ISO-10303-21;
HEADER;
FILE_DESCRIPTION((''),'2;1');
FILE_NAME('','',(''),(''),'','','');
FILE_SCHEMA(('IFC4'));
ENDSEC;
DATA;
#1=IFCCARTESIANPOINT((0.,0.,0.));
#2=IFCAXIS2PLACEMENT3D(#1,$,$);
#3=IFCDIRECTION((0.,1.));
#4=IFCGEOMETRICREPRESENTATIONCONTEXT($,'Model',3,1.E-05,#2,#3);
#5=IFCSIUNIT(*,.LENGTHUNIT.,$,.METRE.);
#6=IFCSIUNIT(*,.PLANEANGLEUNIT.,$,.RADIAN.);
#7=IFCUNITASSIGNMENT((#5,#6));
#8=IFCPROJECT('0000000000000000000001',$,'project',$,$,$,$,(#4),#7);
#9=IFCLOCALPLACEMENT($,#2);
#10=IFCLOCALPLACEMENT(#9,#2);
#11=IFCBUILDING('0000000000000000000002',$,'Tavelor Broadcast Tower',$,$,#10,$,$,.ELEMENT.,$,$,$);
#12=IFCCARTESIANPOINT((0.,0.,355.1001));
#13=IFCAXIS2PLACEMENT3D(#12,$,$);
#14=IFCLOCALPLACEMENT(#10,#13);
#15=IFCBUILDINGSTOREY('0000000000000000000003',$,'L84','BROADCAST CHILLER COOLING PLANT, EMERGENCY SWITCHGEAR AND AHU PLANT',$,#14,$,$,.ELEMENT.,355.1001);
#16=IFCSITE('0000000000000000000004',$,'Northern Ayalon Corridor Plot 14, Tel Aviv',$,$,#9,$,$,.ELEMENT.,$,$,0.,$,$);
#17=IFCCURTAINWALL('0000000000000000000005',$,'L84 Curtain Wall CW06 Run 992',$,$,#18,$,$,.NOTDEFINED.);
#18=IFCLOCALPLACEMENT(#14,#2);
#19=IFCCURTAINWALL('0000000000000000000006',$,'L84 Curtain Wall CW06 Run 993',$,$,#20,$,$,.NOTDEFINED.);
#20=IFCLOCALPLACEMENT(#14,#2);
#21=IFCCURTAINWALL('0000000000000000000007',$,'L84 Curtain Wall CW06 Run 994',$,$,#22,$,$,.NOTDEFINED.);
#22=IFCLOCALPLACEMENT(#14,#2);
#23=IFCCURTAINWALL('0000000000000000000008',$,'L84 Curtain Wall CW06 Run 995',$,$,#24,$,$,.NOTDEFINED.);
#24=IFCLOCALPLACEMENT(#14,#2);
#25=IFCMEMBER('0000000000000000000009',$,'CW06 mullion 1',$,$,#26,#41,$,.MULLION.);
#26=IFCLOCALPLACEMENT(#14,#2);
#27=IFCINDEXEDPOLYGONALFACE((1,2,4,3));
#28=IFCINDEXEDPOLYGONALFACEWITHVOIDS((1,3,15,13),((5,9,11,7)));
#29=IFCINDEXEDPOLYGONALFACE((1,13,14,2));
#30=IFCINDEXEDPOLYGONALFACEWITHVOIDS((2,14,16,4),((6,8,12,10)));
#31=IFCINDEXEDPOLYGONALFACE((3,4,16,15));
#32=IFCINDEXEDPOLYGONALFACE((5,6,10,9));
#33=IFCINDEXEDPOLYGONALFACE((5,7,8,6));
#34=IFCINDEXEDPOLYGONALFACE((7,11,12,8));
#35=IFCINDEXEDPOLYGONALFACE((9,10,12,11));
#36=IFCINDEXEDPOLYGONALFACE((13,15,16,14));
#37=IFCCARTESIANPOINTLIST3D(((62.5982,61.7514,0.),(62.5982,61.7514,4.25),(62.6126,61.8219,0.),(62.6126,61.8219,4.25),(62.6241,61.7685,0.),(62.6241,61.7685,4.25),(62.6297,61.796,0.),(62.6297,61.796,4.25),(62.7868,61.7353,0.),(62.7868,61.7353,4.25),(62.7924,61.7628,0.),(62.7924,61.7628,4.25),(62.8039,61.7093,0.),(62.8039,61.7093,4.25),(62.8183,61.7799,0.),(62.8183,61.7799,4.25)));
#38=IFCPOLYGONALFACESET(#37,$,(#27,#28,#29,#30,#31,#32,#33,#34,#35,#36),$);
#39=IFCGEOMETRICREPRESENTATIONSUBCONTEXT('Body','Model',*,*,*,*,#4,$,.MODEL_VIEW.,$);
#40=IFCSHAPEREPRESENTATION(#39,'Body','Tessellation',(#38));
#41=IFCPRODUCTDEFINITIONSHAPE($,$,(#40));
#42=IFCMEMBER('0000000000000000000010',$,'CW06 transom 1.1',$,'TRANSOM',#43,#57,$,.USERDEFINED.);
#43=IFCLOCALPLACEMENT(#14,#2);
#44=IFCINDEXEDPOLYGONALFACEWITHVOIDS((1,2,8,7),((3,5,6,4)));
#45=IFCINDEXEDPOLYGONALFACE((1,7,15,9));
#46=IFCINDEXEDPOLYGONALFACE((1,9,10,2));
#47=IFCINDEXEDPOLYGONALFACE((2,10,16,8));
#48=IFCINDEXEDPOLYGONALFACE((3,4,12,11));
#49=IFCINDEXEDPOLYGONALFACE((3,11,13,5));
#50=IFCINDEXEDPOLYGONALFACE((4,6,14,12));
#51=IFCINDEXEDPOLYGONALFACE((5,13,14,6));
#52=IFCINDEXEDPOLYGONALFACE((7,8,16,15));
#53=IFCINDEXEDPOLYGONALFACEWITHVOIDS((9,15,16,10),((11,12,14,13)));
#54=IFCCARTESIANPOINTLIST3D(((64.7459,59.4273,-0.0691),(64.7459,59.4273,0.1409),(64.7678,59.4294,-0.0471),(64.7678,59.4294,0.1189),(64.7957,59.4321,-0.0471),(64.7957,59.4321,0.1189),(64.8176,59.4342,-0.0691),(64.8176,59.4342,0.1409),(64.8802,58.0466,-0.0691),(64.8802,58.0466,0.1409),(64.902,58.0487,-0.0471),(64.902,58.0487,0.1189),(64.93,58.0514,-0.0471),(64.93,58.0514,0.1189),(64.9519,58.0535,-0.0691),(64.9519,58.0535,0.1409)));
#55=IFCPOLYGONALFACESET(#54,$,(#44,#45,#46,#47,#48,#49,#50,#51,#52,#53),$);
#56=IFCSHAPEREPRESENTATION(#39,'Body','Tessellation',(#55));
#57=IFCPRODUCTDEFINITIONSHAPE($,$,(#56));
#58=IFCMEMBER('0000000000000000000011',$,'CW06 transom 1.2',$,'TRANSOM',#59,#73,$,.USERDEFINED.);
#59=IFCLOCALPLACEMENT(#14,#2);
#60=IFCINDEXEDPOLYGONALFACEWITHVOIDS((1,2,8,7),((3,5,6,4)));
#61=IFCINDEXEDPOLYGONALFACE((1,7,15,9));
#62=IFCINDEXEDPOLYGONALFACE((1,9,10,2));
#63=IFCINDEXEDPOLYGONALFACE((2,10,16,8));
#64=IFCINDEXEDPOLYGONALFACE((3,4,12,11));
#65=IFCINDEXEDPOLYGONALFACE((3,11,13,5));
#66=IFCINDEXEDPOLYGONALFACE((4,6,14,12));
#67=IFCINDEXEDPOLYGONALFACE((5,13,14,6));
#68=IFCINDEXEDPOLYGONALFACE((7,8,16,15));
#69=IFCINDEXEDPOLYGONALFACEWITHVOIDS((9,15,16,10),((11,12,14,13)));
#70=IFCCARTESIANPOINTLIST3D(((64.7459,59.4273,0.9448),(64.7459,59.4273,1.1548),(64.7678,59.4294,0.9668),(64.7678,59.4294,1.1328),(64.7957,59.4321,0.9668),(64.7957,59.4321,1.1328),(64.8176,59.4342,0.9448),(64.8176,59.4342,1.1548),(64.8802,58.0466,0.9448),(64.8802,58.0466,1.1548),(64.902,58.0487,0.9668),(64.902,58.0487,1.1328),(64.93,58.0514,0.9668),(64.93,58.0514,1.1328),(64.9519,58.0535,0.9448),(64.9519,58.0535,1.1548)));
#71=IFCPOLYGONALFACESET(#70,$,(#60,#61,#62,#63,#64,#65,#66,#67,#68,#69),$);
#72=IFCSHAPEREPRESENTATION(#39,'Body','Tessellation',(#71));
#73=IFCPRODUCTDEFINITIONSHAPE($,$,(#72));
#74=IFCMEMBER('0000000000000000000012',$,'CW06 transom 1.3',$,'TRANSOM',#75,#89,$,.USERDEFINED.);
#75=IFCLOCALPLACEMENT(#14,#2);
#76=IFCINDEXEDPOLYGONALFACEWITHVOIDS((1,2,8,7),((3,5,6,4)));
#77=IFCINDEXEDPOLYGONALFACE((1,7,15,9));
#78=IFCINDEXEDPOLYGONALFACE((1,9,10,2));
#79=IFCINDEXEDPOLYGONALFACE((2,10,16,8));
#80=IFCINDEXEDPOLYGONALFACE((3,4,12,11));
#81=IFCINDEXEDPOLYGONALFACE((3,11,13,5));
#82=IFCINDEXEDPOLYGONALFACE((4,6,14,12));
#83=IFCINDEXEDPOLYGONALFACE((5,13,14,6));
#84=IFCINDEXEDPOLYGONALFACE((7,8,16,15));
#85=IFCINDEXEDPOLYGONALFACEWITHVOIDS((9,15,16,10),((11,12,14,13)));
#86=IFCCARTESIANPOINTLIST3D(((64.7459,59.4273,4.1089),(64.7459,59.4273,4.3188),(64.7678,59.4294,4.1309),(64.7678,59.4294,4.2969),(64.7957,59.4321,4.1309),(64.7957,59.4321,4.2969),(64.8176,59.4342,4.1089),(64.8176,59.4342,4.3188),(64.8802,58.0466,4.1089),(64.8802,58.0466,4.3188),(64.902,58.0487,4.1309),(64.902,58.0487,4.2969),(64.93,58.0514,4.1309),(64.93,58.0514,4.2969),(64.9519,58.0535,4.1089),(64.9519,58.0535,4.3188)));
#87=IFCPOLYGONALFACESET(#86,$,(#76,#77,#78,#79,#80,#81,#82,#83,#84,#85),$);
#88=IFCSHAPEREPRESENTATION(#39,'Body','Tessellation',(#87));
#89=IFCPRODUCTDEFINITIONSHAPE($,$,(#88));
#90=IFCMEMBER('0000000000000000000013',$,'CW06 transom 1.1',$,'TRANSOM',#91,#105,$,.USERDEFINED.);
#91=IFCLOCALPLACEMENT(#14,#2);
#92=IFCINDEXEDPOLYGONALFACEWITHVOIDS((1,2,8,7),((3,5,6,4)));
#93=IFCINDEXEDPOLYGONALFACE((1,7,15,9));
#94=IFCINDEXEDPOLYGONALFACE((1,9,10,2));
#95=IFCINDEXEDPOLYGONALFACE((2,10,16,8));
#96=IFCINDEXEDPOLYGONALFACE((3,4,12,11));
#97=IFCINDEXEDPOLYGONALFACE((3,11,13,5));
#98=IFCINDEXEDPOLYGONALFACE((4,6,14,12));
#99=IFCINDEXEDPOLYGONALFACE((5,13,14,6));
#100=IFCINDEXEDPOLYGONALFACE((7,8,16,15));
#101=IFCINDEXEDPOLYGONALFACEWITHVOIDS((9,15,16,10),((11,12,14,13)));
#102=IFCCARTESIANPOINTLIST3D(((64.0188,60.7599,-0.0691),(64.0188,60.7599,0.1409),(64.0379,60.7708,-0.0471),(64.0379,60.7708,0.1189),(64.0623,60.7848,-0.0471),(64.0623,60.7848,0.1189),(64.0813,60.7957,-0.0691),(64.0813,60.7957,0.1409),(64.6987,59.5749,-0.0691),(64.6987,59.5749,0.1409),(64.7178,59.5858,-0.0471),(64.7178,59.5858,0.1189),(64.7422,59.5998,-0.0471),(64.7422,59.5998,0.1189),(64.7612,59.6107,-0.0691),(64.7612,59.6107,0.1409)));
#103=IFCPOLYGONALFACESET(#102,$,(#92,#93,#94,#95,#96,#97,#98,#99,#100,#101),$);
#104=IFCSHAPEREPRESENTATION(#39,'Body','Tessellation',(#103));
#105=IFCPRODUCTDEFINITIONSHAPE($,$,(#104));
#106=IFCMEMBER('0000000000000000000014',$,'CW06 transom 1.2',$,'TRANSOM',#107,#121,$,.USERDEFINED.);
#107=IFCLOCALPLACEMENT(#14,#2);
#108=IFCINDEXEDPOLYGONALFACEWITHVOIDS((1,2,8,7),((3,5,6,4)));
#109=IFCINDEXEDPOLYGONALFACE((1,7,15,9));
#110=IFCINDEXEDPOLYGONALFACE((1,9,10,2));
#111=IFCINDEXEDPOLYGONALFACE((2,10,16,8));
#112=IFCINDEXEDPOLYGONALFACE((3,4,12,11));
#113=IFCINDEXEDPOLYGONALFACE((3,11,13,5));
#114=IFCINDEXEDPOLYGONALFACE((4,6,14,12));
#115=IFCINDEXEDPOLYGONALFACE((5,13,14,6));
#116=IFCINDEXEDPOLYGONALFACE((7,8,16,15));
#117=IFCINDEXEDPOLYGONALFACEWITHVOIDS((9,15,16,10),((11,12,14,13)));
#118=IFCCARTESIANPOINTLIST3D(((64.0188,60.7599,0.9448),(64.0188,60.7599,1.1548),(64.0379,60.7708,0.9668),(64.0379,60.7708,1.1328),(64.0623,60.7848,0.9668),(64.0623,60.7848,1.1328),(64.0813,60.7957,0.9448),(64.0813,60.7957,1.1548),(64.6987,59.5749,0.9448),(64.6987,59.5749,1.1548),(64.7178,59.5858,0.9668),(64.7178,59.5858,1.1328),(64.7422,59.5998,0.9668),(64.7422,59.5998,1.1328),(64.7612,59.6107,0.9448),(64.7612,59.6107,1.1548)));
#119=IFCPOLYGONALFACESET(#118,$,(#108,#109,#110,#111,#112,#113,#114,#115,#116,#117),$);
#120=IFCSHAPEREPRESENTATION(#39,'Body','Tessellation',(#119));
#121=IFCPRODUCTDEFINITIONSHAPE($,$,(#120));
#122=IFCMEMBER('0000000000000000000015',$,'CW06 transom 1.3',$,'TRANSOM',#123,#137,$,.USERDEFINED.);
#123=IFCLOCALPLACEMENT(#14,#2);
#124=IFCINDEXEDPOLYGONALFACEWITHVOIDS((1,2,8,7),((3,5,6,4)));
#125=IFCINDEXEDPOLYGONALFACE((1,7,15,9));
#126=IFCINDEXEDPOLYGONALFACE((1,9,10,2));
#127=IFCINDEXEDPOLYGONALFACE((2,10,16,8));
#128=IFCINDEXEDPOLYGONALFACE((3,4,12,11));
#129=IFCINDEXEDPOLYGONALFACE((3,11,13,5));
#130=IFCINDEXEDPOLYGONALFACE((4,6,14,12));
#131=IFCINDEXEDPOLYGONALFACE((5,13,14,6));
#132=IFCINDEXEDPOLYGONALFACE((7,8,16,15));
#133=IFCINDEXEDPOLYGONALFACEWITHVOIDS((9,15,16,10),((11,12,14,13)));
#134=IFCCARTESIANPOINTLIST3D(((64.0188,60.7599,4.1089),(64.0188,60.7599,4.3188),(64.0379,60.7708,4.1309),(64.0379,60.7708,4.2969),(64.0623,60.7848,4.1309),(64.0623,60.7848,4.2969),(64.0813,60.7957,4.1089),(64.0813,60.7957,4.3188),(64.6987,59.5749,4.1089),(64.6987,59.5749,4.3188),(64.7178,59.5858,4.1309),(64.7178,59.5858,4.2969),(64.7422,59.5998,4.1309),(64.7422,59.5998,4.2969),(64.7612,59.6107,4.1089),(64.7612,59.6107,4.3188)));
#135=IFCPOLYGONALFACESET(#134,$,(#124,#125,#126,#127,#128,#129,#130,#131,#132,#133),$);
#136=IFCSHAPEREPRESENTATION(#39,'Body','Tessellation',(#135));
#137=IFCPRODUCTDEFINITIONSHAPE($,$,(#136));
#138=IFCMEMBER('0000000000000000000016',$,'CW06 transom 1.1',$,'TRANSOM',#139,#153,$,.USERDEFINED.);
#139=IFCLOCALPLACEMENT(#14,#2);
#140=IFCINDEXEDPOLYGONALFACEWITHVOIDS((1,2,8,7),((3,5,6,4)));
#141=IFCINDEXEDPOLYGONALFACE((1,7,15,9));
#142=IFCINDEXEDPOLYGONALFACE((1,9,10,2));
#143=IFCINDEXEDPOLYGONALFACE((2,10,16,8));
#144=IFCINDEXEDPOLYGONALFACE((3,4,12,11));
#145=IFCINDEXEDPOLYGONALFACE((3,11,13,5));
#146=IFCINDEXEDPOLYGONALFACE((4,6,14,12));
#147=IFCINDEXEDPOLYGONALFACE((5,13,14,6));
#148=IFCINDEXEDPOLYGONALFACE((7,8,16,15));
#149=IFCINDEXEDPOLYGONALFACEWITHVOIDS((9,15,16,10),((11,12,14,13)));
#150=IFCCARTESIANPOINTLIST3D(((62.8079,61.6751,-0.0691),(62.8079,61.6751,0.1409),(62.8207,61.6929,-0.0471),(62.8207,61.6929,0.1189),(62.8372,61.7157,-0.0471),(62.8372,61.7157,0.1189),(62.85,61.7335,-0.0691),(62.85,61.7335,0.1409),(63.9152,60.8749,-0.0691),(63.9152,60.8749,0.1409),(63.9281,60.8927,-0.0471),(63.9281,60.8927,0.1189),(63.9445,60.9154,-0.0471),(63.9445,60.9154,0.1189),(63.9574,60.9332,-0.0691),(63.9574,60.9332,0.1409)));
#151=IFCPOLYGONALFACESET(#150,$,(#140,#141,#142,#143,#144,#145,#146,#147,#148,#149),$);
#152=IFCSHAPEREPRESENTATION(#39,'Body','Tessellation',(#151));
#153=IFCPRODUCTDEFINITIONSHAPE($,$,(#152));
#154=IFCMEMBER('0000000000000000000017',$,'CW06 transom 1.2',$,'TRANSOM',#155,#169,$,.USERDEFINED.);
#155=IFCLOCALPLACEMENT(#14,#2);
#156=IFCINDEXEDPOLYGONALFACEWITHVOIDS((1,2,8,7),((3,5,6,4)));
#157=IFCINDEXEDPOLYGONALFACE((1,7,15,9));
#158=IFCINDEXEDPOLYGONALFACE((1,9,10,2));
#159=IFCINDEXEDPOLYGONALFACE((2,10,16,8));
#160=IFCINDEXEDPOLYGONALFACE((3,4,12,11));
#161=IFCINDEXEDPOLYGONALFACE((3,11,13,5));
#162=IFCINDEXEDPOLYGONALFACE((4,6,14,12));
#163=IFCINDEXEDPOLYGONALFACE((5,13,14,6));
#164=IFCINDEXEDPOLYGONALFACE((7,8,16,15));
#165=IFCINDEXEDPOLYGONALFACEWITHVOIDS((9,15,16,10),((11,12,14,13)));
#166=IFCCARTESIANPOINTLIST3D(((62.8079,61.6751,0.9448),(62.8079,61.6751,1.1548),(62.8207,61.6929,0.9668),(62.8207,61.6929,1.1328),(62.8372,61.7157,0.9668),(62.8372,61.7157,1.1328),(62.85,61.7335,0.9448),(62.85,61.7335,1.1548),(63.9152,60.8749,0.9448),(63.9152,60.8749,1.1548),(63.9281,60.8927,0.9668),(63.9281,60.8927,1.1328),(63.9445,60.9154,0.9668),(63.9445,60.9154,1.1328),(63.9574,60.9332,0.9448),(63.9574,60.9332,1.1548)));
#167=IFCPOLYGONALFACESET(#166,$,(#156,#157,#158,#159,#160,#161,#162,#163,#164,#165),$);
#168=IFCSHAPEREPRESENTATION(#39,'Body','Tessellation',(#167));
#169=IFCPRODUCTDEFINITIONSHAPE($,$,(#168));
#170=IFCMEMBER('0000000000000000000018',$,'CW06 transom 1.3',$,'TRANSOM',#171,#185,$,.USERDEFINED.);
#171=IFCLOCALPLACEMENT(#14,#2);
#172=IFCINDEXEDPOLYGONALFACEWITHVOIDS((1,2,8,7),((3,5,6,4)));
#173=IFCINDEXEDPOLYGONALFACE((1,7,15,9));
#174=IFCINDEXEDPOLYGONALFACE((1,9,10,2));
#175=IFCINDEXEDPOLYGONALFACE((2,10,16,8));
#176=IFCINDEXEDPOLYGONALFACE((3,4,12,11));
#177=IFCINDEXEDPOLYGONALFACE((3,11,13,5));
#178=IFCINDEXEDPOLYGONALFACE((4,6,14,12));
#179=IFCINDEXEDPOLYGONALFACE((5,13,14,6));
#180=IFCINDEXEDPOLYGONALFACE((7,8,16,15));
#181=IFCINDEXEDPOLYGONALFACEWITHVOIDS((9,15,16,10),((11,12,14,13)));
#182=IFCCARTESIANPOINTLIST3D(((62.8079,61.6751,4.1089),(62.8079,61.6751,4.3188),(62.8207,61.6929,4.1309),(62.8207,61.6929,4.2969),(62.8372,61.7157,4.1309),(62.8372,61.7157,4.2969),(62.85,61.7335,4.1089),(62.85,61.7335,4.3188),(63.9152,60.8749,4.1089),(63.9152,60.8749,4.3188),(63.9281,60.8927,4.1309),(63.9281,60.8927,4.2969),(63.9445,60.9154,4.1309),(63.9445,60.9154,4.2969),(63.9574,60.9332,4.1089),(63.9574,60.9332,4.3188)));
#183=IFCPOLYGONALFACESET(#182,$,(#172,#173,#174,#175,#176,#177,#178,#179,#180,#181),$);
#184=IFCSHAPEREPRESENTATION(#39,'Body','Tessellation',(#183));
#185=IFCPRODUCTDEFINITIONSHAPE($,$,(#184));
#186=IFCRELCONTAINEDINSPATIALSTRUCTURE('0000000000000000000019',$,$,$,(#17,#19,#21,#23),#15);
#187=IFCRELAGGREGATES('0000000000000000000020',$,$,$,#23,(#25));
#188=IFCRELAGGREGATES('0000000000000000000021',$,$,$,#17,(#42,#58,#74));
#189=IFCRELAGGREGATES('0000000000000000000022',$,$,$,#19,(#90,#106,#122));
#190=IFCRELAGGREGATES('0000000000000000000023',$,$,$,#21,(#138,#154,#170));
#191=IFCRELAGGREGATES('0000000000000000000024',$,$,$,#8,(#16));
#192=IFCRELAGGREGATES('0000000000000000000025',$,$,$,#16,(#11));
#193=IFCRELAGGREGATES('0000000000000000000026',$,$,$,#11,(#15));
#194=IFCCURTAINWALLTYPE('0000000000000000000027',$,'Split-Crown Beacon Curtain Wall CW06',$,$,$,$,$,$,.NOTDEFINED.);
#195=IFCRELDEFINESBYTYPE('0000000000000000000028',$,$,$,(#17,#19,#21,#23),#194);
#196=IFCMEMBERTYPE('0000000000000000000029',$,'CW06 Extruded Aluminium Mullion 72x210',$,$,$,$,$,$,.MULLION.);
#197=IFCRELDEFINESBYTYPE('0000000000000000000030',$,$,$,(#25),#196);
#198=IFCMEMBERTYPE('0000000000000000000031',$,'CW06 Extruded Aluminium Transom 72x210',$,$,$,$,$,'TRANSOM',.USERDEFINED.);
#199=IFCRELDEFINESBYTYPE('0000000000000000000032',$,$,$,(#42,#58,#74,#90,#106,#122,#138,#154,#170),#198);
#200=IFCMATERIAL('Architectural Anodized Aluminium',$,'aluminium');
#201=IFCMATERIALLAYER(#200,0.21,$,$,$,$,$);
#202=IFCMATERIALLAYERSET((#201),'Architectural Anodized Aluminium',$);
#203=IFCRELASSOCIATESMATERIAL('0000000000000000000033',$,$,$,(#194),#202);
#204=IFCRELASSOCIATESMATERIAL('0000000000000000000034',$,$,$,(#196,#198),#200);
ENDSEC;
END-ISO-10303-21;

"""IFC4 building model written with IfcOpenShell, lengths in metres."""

from ifc_helpers import new_model, si_unit, direction, frame, origin, origin_2d, place, context, subcontext, project, spatial, hollow_rectangle, extrude, source, transform, mapped, material, layer, layer_set, material_profile, profile_set, type_object, type_shapes, element, aggregate, save


model = new_model("IFC4")

# Units and contexts
model_context = context("Model", 3, precision=1e-05, world=origin(), true_north=direction((0.0, 1.0)))
body_context = subcontext(model_context, "Body", "Model", "MODEL_VIEW")
ifc_project = project(units=[si_unit("LENGTHUNIT", "METRE"), si_unit("PLANEANGLEUNIT", "RADIAN")], contexts=[model_context])

# Site, building, storey
site_placement = place(None, origin())
site = spatial("IfcSite", under=ifc_project, at=site_placement, Name="Northern Ayalon Corridor Plot 14, Tel Aviv", CompositionType="ELEMENT", RefElevation=0.0)
building_placement = place(site_placement, origin())
building = spatial("IfcBuilding", under=site, at=building_placement, Name="Tavelor Broadcast Tower", CompositionType="ELEMENT")
storey_placement = place(building_placement, frame((0.0, 0.0, 355.1001)))
storey = spatial("IfcBuildingStorey", under=building, at=storey_placement, Name="L84", Description="BROADCAST CHILLER COOLING PLANT, EMERGENCY SWITCHGEAR AND AHU PLANT", CompositionType="ELEMENT", Elevation=355.1001)

# Curtain walls
ifc_material_1 = material(Name="Architectural Anodized Aluminium", Category="aluminium")
ifc_layer_1 = layer(ifc_material_1, 0.21)
ifc_layer_set_1 = layer_set([ifc_layer_1], Name="Architectural Anodized Aluminium")
curtain_wall_type = type_object("IfcCurtainWallType", Name="Split-Crown Beacon Curtain Wall CW06", PredefinedType="NOTDEFINED", material=ifc_layer_set_1)
ifc_material_profile_1 = material_profile(ifc_material_1, hollow_rectangle(XDim=0.072, YDim=0.21, WallThickness=0.022, at=origin_2d()), Name="RHS 72x210x22")
ifc_profile_set_1 = profile_set([ifc_material_profile_1], Name="Architectural Anodized Aluminium")
member_type_1 = type_object("IfcMemberType", Name="CW06 Extruded Aluminium Mullion 72x210", PredefinedType="MULLION", material=ifc_profile_set_1)
shared_shape_1 = source(origin(), body_context, "Body", "SweptSolid", [
    extrude(hollow_rectangle(XDim=0.072, YDim=0.21, WallThickness=0.022, at=origin_2d()), origin(), (0.0, 0.0, 1.0), 4.25),
])
type_shapes(member_type_1, [shared_shape_1])
curtain_wall_1_placement = place(storey_placement, origin())
curtain_wall_1 = element("IfcCurtainWall", 1, at=curtain_wall_1_placement, inside=storey, type_object=curtain_wall_type, Name="L84 Curtain Wall CW06 Run 992", PredefinedType="NOTDEFINED")
curtain_wall_2_placement = place(storey_placement, origin())
curtain_wall_2 = element("IfcCurtainWall", 2, at=curtain_wall_2_placement, inside=storey, type_object=curtain_wall_type, Name="L84 Curtain Wall CW06 Run 993", PredefinedType="NOTDEFINED")
curtain_wall_3_placement = place(storey_placement, origin())
curtain_wall_3 = element("IfcCurtainWall", 3, at=curtain_wall_3_placement, inside=storey, type_object=curtain_wall_type, Name="L84 Curtain Wall CW06 Run 994", PredefinedType="NOTDEFINED")

# Curtain wall, member
curtain_wall_4_placement = place(storey_placement, origin())
curtain_wall_4 = element("IfcCurtainWall", 4, at=curtain_wall_4_placement, inside=storey, type_object=curtain_wall_type, Name="L84 Curtain Wall CW06 Run 995", PredefinedType="NOTDEFINED")
member_1_placement = place(storey_placement, frame((62.7083, 61.7656, 0.0), z_axis=(0.0, 0.0, 1.0), x_axis=(-0.200184, -0.979758, 0.0)))
member_1 = element("IfcMember", 5, at=member_1_placement, type_object=member_type_1, Name="CW06 mullion 1", PredefinedType="MULLION", context=body_context, shape_type="MappedRepresentation", body=[
    mapped(shared_shape_1, transform((0.0, 0.0, 0.0), scale=1.0)),
])
aggregate(curtain_wall_4, [member_1])

# Members
ifc_material_profile_2 = material_profile(ifc_material_1, hollow_rectangle(XDim=0.072, YDim=0.21, WallThickness=0.022, at=origin_2d()), Name="RHS 72x210x22")
ifc_profile_set_2 = profile_set([ifc_material_profile_2], Name="Architectural Anodized Aluminium")
member_type_2 = type_object("IfcMemberType", Name="CW06 Extruded Aluminium Transom 72x210", ElementType="TRANSOM", PredefinedType="USERDEFINED", material=ifc_profile_set_2)
shared_shape_2 = source(origin(), body_context, "Body", "SweptSolid", [
    extrude(hollow_rectangle(XDim=0.072, YDim=0.21, WallThickness=0.022, at=origin_2d()), origin(), (0.0, 0.0, 1.0), 1.3872),
])
member_2_placement = place(storey_placement, frame((64.916, 58.05, 0.0359), z_axis=(-0.096802, 0.995304, 0.0), x_axis=(-0.995304, -0.096802, 0.0)))
member_2 = element("IfcMember", 6, at=member_2_placement, type_object=member_type_2, Name="CW06 transom 1.1", ObjectType="TRANSOM", PredefinedType="USERDEFINED", context=body_context, shape_type="MappedRepresentation", body=[
    mapped(shared_shape_2, transform((0.0, 0.0, 0.0), scale=1.0)),
])
member_3_placement = place(storey_placement, frame((64.916, 58.05, 1.0498), z_axis=(-0.096802, 0.995304, 0.0), x_axis=(-0.995304, -0.096802, 0.0)))
member_3 = element("IfcMember", 7, at=member_3_placement, type_object=member_type_2, Name="CW06 transom 1.2", ObjectType="TRANSOM", PredefinedType="USERDEFINED", context=body_context, shape_type="MappedRepresentation", body=[
    mapped(shared_shape_2, transform((0.0, 0.0, 0.0), scale=1.0)),
])
member_4_placement = place(storey_placement, frame((64.916, 58.05, 4.2139), z_axis=(-0.096802, 0.995304, 0.0), x_axis=(-0.995304, -0.096802, 0.0)))
member_4 = element("IfcMember", 8, at=member_4_placement, type_object=member_type_2, Name="CW06 transom 1.3", ObjectType="TRANSOM", PredefinedType="USERDEFINED", context=body_context, shape_type="MappedRepresentation", body=[
    mapped(shared_shape_2, transform((0.0, 0.0, 0.0), scale=1.0)),
])
shared_shape_3 = source(origin(), body_context, "Body", "SweptSolid", [
    extrude(hollow_rectangle(XDim=0.072, YDim=0.21, WallThickness=0.022, at=origin_2d()), origin(), (0.0, 0.0, 1.0), 1.3662),
])
member_5_placement = place(storey_placement, frame((64.73, 59.5928, 0.0359), z_axis=(-0.497658, 0.867373, 0.0), x_axis=(-0.867373, -0.497658, 0.0)))
member_5 = element("IfcMember", 9, at=member_5_placement, type_object=member_type_2, Name="CW06 transom 1.1", ObjectType="TRANSOM", PredefinedType="USERDEFINED", context=body_context, shape_type="MappedRepresentation", body=[
    mapped(shared_shape_3, transform((0.0, 0.0, 0.0), scale=1.0)),
])
member_6_placement = place(storey_placement, frame((64.73, 59.5928, 1.0498), z_axis=(-0.497658, 0.867373, 0.0), x_axis=(-0.867373, -0.497658, 0.0)))
member_6 = element("IfcMember", 10, at=member_6_placement, type_object=member_type_2, Name="CW06 transom 1.2", ObjectType="TRANSOM", PredefinedType="USERDEFINED", context=body_context, shape_type="MappedRepresentation", body=[
    mapped(shared_shape_3, transform((0.0, 0.0, 0.0), scale=1.0)),
])
member_7_placement = place(storey_placement, frame((64.73, 59.5928, 4.2139), z_axis=(-0.497658, 0.867373, 0.0), x_axis=(-0.867373, -0.497658, 0.0)))
member_7 = element("IfcMember", 11, at=member_7_placement, type_object=member_type_2, Name="CW06 transom 1.3", ObjectType="TRANSOM", PredefinedType="USERDEFINED", context=body_context, shape_type="MappedRepresentation", body=[
    mapped(shared_shape_3, transform((0.0, 0.0, 0.0), scale=1.0)),
])
member_8_placement = place(storey_placement, frame((63.9363, 60.9041, 0.0359), z_axis=(-0.81051, 0.585725, 0.0), x_axis=(-0.585725, -0.81051, 0.0)))
member_8 = element("IfcMember", 12, at=member_8_placement, type_object=member_type_2, Name="CW06 transom 1.1", ObjectType="TRANSOM", PredefinedType="USERDEFINED", context=body_context, shape_type="MappedRepresentation", body=[
    mapped(shared_shape_3, transform((0.0, 0.0, 0.0), scale=1.0)),
])
member_9_placement = place(storey_placement, frame((63.9363, 60.9041, 1.0498), z_axis=(-0.81051, 0.585725, 0.0), x_axis=(-0.585725, -0.81051, 0.0)))
member_9 = element("IfcMember", 13, at=member_9_placement, type_object=member_type_2, Name="CW06 transom 1.2", ObjectType="TRANSOM", PredefinedType="USERDEFINED", context=body_context, shape_type="MappedRepresentation", body=[
    mapped(shared_shape_3, transform((0.0, 0.0, 0.0), scale=1.0)),
])
member_10_placement = place(storey_placement, frame((63.9363, 60.9041, 4.2139), z_axis=(-0.81051, 0.585725, 0.0), x_axis=(-0.585725, -0.81051, 0.0)))
member_10 = element("IfcMember", 14, at=member_10_placement, type_object=member_type_2, Name="CW06 transom 1.3", ObjectType="TRANSOM", PredefinedType="USERDEFINED", context=body_context, shape_type="MappedRepresentation", body=[
    mapped(shared_shape_3, transform((0.0, 0.0, 0.0), scale=1.0)),
])

aggregate(curtain_wall_1, [member_2, member_3, member_4])
aggregate(curtain_wall_2, [member_5, member_6, member_7])
aggregate(curtain_wall_3, [member_8, member_9, member_10])

save(model, "model.ifc")
